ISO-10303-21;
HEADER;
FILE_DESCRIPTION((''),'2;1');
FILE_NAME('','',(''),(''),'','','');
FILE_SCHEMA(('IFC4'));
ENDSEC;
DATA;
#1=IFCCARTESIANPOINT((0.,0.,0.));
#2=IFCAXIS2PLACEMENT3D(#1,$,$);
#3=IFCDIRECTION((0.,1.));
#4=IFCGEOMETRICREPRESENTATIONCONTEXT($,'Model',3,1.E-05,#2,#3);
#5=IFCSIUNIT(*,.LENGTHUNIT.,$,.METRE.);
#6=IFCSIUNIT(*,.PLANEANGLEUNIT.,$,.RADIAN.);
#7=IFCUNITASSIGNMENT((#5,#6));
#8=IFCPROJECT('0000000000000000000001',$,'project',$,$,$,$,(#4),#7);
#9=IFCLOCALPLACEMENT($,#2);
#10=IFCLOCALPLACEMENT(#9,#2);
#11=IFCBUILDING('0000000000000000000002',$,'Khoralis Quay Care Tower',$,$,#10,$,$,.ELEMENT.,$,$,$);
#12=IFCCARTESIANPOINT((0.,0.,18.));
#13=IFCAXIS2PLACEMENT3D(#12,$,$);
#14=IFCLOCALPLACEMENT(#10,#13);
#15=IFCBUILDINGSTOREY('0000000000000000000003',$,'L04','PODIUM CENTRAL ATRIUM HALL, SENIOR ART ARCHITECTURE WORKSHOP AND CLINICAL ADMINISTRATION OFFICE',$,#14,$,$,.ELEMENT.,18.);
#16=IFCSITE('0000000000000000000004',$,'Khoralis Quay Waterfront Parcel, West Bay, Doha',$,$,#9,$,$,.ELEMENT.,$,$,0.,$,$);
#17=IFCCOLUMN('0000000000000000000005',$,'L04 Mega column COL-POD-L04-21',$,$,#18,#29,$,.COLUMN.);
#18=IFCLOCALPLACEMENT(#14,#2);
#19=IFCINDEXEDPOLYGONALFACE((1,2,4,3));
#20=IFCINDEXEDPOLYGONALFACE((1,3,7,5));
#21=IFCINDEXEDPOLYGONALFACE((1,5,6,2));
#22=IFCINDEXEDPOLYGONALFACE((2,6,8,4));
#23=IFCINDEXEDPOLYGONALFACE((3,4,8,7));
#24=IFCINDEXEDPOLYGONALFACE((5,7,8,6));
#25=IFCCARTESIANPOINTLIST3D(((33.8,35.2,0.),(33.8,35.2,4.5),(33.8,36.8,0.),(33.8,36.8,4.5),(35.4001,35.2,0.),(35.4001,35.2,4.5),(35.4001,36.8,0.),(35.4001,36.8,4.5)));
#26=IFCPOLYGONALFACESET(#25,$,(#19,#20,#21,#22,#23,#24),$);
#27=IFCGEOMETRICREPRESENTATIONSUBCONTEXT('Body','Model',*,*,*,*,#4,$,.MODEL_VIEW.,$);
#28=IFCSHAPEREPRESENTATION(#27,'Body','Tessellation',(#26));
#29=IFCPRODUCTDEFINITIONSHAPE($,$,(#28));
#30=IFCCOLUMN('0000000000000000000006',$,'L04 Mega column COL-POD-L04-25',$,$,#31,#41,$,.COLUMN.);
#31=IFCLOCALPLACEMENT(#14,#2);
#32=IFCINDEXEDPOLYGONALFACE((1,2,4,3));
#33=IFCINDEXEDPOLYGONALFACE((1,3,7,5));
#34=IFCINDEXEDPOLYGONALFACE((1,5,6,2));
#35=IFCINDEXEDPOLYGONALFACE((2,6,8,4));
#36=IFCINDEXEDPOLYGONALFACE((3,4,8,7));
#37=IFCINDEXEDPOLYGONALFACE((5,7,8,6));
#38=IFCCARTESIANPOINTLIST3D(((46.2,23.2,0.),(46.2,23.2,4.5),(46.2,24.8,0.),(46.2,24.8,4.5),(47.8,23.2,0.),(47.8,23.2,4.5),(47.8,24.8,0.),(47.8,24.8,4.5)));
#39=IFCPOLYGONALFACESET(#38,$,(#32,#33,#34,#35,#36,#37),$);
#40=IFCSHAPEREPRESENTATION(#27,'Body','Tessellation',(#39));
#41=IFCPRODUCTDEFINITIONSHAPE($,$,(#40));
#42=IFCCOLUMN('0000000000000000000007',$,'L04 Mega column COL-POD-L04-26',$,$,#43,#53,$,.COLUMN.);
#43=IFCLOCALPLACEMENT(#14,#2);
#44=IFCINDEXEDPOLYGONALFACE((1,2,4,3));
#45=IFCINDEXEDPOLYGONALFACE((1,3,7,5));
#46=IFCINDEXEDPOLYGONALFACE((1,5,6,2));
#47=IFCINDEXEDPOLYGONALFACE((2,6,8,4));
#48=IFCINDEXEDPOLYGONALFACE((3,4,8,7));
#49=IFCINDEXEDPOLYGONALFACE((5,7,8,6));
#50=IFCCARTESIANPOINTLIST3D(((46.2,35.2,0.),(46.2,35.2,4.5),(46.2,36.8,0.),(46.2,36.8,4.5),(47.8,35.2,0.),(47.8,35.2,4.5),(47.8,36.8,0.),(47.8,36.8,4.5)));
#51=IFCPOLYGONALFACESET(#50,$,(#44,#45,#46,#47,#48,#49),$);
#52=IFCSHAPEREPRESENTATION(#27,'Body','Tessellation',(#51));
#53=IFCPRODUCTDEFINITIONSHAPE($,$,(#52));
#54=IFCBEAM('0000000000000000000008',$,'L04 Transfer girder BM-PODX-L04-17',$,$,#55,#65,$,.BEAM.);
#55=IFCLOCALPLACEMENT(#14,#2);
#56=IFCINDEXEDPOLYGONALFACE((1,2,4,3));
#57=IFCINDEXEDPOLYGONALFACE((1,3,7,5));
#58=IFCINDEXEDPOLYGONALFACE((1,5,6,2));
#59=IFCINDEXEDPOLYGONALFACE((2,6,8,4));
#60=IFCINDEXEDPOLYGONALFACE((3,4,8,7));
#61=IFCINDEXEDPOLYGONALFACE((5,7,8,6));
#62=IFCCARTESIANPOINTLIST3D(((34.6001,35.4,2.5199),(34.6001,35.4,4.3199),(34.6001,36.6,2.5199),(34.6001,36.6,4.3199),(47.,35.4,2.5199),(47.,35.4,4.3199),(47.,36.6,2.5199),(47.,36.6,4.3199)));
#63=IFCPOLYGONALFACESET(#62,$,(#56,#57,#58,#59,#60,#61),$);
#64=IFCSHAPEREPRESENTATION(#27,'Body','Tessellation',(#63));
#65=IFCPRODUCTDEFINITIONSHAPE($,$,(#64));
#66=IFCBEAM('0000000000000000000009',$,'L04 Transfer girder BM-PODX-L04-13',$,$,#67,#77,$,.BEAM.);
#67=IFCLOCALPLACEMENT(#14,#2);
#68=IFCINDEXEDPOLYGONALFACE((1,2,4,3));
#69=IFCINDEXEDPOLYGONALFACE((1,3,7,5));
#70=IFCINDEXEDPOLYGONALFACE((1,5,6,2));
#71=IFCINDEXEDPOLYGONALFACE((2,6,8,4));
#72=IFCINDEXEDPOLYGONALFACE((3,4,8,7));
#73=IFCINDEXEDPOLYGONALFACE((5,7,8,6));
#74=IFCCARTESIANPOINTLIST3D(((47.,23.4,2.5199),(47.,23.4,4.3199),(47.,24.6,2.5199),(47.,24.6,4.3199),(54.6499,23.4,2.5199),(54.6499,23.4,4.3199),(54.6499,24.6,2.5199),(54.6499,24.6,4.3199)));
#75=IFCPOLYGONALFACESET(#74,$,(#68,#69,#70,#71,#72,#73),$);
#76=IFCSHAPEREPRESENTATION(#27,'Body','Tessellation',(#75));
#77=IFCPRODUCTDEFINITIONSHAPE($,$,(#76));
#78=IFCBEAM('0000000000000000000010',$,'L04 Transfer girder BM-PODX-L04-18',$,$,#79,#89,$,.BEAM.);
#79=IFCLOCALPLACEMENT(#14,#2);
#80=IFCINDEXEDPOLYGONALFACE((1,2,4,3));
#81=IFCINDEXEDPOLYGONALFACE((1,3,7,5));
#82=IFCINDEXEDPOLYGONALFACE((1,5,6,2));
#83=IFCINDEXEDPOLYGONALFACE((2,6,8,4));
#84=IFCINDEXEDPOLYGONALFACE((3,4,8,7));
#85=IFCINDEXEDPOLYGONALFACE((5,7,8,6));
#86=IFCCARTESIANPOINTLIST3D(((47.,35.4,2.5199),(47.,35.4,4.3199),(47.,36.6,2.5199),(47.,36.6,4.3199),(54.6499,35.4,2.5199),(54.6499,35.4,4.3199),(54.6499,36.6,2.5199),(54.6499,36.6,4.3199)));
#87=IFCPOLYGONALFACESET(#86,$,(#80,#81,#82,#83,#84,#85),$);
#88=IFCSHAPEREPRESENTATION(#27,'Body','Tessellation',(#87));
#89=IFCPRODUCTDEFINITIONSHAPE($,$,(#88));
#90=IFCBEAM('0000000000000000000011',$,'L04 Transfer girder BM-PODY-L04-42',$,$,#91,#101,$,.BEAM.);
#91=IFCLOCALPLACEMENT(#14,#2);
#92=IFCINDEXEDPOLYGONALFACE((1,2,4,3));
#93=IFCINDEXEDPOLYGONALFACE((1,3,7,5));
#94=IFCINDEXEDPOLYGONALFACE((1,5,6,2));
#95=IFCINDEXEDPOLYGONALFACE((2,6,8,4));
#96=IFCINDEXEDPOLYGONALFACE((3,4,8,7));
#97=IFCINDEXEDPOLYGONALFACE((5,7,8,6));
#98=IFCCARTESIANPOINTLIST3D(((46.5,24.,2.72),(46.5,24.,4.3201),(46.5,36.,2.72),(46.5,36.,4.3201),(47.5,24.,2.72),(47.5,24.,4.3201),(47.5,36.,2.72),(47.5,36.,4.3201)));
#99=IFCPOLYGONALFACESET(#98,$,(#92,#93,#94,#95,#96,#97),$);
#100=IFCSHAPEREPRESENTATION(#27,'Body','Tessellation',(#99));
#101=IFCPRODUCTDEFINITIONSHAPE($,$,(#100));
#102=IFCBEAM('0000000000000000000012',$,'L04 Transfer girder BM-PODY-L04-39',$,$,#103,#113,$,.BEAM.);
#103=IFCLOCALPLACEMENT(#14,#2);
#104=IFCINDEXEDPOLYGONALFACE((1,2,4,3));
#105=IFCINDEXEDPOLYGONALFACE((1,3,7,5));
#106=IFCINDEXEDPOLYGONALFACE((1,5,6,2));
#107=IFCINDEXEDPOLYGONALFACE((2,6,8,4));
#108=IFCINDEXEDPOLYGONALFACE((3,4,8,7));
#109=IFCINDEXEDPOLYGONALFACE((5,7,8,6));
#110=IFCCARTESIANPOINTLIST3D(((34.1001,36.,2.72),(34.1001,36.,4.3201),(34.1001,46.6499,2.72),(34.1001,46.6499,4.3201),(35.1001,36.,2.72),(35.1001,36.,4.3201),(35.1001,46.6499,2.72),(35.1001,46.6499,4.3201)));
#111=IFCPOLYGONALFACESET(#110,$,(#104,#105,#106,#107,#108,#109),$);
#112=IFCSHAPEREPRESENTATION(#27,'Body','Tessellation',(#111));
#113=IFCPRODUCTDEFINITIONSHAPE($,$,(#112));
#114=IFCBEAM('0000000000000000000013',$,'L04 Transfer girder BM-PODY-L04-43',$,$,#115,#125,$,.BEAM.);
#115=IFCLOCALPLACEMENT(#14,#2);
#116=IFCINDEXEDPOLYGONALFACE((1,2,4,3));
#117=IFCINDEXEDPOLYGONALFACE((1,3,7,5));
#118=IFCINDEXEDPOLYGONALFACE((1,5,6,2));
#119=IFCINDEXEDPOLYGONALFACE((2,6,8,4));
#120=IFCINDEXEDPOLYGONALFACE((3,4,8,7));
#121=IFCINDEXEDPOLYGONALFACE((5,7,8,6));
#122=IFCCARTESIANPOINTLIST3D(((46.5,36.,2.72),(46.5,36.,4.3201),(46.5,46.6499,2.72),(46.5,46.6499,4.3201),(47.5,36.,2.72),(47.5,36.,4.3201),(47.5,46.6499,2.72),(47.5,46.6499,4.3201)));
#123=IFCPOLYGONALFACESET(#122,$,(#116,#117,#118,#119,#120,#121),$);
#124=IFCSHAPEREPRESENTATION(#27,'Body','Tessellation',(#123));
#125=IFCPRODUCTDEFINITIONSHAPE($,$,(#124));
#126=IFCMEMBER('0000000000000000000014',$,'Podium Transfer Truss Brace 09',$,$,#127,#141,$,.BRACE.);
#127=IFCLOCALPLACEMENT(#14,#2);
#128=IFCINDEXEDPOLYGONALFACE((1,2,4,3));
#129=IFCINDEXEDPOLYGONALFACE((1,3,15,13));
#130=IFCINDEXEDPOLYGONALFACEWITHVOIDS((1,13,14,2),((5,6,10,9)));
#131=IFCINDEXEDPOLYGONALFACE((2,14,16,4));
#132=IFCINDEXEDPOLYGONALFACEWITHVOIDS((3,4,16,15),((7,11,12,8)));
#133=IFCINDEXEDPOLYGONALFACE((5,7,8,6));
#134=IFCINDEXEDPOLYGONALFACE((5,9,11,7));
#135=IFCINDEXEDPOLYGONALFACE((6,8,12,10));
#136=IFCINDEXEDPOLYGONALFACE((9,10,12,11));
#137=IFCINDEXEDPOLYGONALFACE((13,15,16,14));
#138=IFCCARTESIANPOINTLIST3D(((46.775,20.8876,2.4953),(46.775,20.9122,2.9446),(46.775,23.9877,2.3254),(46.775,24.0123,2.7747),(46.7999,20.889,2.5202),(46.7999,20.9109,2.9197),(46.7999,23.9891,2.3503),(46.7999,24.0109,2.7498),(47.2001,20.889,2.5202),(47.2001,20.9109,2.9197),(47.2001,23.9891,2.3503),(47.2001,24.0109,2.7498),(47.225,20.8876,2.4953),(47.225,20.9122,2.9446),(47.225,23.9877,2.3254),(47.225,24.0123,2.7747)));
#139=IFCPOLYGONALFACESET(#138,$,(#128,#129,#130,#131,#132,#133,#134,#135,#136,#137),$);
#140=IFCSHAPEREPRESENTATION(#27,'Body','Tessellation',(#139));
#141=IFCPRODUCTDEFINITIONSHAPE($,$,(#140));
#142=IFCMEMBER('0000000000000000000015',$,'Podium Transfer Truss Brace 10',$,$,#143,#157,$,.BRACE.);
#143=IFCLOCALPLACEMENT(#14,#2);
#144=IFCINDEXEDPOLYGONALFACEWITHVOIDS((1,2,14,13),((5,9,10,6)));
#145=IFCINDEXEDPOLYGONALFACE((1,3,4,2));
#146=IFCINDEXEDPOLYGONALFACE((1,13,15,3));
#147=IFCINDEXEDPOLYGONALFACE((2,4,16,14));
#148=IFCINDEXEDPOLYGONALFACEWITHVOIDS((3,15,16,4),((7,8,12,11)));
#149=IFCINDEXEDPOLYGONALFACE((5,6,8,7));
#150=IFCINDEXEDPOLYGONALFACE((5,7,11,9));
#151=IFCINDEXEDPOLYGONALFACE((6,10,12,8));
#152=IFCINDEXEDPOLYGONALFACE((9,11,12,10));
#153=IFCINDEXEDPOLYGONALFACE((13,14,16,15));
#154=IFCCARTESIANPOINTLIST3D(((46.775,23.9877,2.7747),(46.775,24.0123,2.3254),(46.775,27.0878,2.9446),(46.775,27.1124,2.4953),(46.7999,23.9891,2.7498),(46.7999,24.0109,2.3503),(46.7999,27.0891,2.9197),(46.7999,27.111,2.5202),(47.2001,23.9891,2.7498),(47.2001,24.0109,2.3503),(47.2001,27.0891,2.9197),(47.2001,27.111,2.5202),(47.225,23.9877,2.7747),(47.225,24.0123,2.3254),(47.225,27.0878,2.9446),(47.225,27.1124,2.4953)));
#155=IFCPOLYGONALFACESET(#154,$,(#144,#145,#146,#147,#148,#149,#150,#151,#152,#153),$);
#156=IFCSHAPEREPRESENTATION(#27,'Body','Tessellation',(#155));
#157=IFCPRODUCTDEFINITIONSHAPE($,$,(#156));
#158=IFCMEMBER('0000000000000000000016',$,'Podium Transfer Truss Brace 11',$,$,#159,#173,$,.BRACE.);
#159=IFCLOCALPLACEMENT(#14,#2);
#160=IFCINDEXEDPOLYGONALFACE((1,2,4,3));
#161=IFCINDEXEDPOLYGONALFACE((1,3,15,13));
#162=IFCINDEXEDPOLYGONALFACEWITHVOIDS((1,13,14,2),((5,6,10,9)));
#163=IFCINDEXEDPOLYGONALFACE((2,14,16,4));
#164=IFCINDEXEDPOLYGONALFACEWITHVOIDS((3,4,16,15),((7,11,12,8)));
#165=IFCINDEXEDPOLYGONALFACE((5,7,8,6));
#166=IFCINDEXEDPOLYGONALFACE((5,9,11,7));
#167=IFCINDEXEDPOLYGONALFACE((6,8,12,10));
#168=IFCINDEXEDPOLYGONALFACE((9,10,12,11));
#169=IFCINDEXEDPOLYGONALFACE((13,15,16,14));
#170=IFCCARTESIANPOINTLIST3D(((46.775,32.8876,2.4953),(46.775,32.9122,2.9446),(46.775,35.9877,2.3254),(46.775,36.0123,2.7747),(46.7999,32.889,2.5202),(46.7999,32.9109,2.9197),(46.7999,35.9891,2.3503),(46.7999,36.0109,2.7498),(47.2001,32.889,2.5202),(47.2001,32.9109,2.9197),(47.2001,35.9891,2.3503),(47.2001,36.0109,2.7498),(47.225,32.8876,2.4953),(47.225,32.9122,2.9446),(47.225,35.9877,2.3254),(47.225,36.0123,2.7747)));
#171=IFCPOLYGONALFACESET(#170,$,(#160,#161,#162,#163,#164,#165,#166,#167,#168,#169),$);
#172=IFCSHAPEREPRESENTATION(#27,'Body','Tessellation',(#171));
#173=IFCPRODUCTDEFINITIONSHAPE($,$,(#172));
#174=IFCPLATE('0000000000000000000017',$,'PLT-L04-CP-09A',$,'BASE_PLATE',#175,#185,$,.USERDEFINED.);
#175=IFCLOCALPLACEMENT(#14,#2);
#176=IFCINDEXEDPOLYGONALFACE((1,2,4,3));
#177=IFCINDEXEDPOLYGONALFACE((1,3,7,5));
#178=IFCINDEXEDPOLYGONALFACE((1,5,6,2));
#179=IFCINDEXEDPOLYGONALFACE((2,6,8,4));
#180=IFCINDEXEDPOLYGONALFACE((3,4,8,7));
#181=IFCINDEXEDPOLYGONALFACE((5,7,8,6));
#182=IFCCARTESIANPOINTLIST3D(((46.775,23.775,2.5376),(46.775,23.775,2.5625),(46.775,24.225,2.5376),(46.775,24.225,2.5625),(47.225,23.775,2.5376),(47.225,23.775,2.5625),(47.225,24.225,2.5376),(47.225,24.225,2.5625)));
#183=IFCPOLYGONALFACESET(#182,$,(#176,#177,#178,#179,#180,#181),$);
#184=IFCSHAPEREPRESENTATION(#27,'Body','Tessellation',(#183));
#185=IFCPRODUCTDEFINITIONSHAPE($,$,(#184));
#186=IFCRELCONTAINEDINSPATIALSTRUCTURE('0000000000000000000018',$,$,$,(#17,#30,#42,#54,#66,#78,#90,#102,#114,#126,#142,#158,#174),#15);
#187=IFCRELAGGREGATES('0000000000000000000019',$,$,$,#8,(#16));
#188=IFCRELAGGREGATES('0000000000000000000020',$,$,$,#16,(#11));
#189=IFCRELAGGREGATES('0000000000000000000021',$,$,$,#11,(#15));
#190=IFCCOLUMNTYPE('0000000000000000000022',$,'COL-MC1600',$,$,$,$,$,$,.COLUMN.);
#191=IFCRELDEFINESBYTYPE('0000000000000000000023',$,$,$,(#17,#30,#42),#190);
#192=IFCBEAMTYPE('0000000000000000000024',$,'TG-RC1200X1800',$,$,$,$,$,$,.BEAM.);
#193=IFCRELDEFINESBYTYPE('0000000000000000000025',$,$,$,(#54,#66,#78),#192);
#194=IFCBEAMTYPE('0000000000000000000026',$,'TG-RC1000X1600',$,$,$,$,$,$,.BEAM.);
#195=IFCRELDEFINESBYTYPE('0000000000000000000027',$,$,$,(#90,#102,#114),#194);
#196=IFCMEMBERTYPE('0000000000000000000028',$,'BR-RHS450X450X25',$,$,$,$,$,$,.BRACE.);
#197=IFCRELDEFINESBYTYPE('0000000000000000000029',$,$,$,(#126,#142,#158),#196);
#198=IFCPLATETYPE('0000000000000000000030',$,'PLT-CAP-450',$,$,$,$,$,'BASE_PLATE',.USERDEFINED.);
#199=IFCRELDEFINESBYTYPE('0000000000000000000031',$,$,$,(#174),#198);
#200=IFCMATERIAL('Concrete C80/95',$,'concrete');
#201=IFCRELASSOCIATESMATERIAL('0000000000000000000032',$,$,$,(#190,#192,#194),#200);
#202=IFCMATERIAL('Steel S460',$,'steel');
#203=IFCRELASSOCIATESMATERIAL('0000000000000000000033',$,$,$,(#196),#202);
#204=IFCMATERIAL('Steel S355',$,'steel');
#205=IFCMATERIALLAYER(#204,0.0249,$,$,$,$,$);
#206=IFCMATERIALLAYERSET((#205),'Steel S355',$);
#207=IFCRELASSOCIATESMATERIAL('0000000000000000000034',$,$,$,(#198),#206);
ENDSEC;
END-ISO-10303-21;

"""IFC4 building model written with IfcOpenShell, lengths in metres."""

from ifc_helpers import new_model, si_unit, direction, frame, origin, origin_2d, place, context, subcontext, project, spatial, rectangle, hollow_rectangle, extrude, source, transform, mapped, material, layer, layer_set, material_profile, profile_set, type_object, element, save


model = new_model("IFC4")

# Units and contexts
model_context = context("Model", 3, precision=1e-05, world=origin(), true_north=direction((0.0, 1.0)))
body_context = subcontext(model_context, "Body", "Model", "MODEL_VIEW")
ifc_project = project(units=[si_unit("LENGTHUNIT", "METRE"), si_unit("PLANEANGLEUNIT", "RADIAN")], contexts=[model_context])

# Site, building, storey
site_placement = place(None, origin())
site = spatial("IfcSite", under=ifc_project, at=site_placement, Name="Khoralis Quay Waterfront Parcel, West Bay, Doha", CompositionType="ELEMENT", RefElevation=0.0)
building_placement = place(site_placement, origin())
building = spatial("IfcBuilding", under=site, at=building_placement, Name="Khoralis Quay Care Tower", CompositionType="ELEMENT")
storey_placement = place(building_placement, frame((0.0, 0.0, 18.0)))
storey = spatial("IfcBuildingStorey", under=building, at=storey_placement, Name="L04", Description="PODIUM CENTRAL ATRIUM HALL, SENIOR ART ARCHITECTURE WORKSHOP AND CLINICAL ADMINISTRATION OFFICE", CompositionType="ELEMENT", Elevation=18.0)

# Columns
ifc_material_1 = material(Name="Concrete C80/95", Category="concrete")
ifc_material_profile_1 = material_profile(ifc_material_1, rectangle(XDim=1.6001, YDim=1.6001, at=origin_2d()), Name="Concrete C80/95")
ifc_profile_set_1 = profile_set([ifc_material_profile_1], Name="Concrete C80/95")
column_type = type_object("IfcColumnType", Name="COL-MC1600", PredefinedType="COLUMN", material=ifc_profile_set_1)
shared_shape_1 = source(origin(), body_context, "Body", "SweptSolid", [
    extrude(rectangle(XDim=1.6001, YDim=1.6001, at=origin_2d()), origin(), (0.0, 0.0, 1.0), 4.5),
])
for number, where, z_axis, x_axis, name in (
    (1, (34.6001, 36.0, 0.0), (0.0, 0.0, 1.0), (1.0, 0.0, 0.0), "L04 Mega column COL-POD-L04-21"),
    (2, (47.0, 24.0, 0.0), (0.0, 0.0, 1.0), (1.0, 0.0, 0.0), "L04 Mega column COL-POD-L04-25"),
    (3, (47.0, 36.0, 0.0), (0.0, 0.0, 1.0), (1.0, 0.0, 0.0), "L04 Mega column COL-POD-L04-26"),
):
    element("IfcColumn", number, at=place(storey_placement, frame(where, z_axis=z_axis, x_axis=x_axis)), inside=storey, type_object=column_type, Name=name, PredefinedType="COLUMN", context=body_context, shape_type="MappedRepresentation", body=[
        mapped(shared_shape_1, transform((0.0, 0.0, 0.0), scale=1.0)),
    ])

# Beams
ifc_material_profile_2 = material_profile(ifc_material_1, rectangle(XDim=1.2, YDim=1.8, at=origin_2d()), Name="Concrete C80/95")
ifc_profile_set_2 = profile_set([ifc_material_profile_2], Name="Concrete C80/95")
beam_type_1 = type_object("IfcBeamType", Name="TG-RC1200X1800", PredefinedType="BEAM", material=ifc_profile_set_2)
shared_shape_2 = source(origin(), body_context, "Body", "SweptSolid", [
    extrude(rectangle(XDim=1.2, YDim=1.8, at=origin_2d()), origin(), (0.0, 0.0, 1.0), 12.3999),
])
beam_1_placement = place(storey_placement, frame((34.6001, 36.0, 3.4199), z_axis=(1.0, 0.0, 0.0), x_axis=(0.0, 1.0, 0.0)))
element("IfcBeam", 4, at=beam_1_placement, inside=storey, type_object=beam_type_1, Name="L04 Transfer girder BM-PODX-L04-17", PredefinedType="BEAM", context=body_context, shape_type="MappedRepresentation", body=[
    mapped(shared_shape_2, transform((0.0, 0.0, 0.0), scale=1.0)),
])
shared_shape_3 = source(origin(), body_context, "Body", "SweptSolid", [
    extrude(rectangle(XDim=1.2, YDim=1.8, at=origin_2d()), origin(), (0.0, 0.0, 1.0), 7.6499),
])
for number, where, z_axis, x_axis, name in (
    (5, (47.0, 24.0, 3.4199), (1.0, 0.0, 0.0), (0.0, 1.0, 0.0), "L04 Transfer girder BM-PODX-L04-13"),
    (6, (47.0, 36.0, 3.4199), (1.0, 0.0, 0.0), (0.0, 1.0, 0.0), "L04 Transfer girder BM-PODX-L04-18"),
):
    element("IfcBeam", number, at=place(storey_placement, frame(where, z_axis=z_axis, x_axis=x_axis)), inside=storey, type_object=beam_type_1, Name=name, PredefinedType="BEAM", context=body_context, shape_type="MappedRepresentation", body=[
        mapped(shared_shape_3, transform((0.0, 0.0, 0.0), scale=1.0)),
    ])
ifc_material_profile_3 = material_profile(ifc_material_1, rectangle(XDim=1.0, YDim=1.6001, at=origin_2d()), Name="Concrete C80/95")
ifc_profile_set_3 = profile_set([ifc_material_profile_3], Name="Concrete C80/95")
beam_type_2 = type_object("IfcBeamType", Name="TG-RC1000X1600", PredefinedType="BEAM", material=ifc_profile_set_3)
shared_shape_4 = source(origin(), body_context, "Body", "SweptSolid", [
    extrude(rectangle(XDim=1.0, YDim=1.6001, at=origin_2d()), origin(), (0.0, 0.0, 1.0), 12.0),
])
beam_2_placement = place(storey_placement, frame((47.0, 24.0, 3.52), z_axis=(0.0, 1.0, 0.0), x_axis=(-1.0, 0.0, 0.0)))
element("IfcBeam", 7, at=beam_2_placement, inside=storey, type_object=beam_type_2, Name="L04 Transfer girder BM-PODY-L04-42", PredefinedType="BEAM", context=body_context, shape_type="MappedRepresentation", body=[
    mapped(shared_shape_4, transform((0.0, 0.0, 0.0), scale=1.0)),
])
shared_shape_5 = source(origin(), body_context, "Body", "SweptSolid", [
    extrude(rectangle(XDim=1.0, YDim=1.6001, at=origin_2d()), origin(), (0.0, 0.0, 1.0), 10.6499),
])
for number, where, z_axis, x_axis, name in (
    (8, (34.6001, 36.0, 3.52), (0.0, 1.0, 0.0), (-1.0, 0.0, 0.0), "L04 Transfer girder BM-PODY-L04-39"),
    (9, (47.0, 36.0, 3.52), (0.0, 1.0, 0.0), (-1.0, 0.0, 0.0), "L04 Transfer girder BM-PODY-L04-43"),
):
    element("IfcBeam", number, at=place(storey_placement, frame(where, z_axis=z_axis, x_axis=x_axis)), inside=storey, type_object=beam_type_2, Name=name, PredefinedType="BEAM", context=body_context, shape_type="MappedRepresentation", body=[
        mapped(shared_shape_5, transform((0.0, 0.0, 0.0), scale=1.0)),
    ])

# Members
ifc_material_2 = material(Name="Steel S460", Category="steel")
ifc_material_profile_4 = material_profile(ifc_material_2, hollow_rectangle(XDim=0.45, YDim=0.45, WallThickness=0.0249, at=origin_2d()), Name="Steel S460")
ifc_profile_set_4 = profile_set([ifc_material_profile_4], Name="Steel S460")
member_type = type_object("IfcMemberType", Name="BR-RHS450X450X25", PredefinedType="BRACE", material=ifc_profile_set_4)
shared_shape_6 = source(origin(), body_context, "Body", "SweptSolid", [
    extrude(hollow_rectangle(XDim=0.45, YDim=0.45, WallThickness=0.0249, at=origin_2d()), origin(), (0.0, 0.0, 1.0), 3.1047),
])
for number, where, z_axis, x_axis, name in (
    (10, (47.0, 24.0, 2.55), (0.0, -0.998501, 0.05473), (1.0, 0.0, 0.0), "Podium Transfer Truss Brace 09"),
    (11, (47.0, 24.0, 2.55), (0.0, 0.998501, 0.05473), (-1.0, 0.0, 0.0), "Podium Transfer Truss Brace 10"),
    (12, (47.0, 36.0, 2.55), (0.0, -0.998501, 0.05473), (1.0, 0.0, 0.0), "Podium Transfer Truss Brace 11"),
):
    element("IfcMember", number, at=place(storey_placement, frame(where, z_axis=z_axis, x_axis=x_axis)), inside=storey, type_object=member_type, Name=name, PredefinedType="BRACE", context=body_context, shape_type="MappedRepresentation", body=[
        mapped(shared_shape_6, transform((0.0, 0.0, 0.0), scale=1.0)),
    ])

# Plate
ifc_material_3 = material(Name="Steel S355", Category="steel")
ifc_layer_1 = layer(ifc_material_3, 0.0249)
ifc_layer_set_1 = layer_set([ifc_layer_1], Name="Steel S355")
plate_type_1 = type_object("IfcPlateType", Name="PLT-CAP-450", ElementType="BASE_PLATE", PredefinedType="USERDEFINED", material=ifc_layer_set_1)
shared_shape_7 = source(origin(), body_context, "Body", "SweptSolid", [
    extrude(rectangle(XDim=0.45, YDim=0.45, at=origin_2d()), origin(), (0.0, 0.0, 1.0), 0.0249),
])
plate_placement = place(storey_placement, frame((47.0, 24.0, 2.5376), z_axis=(0.0, 0.0, 1.0), x_axis=(1.0, 0.0, 0.0)))
element("IfcPlate", 13, at=plate_placement, inside=storey, type_object=plate_type_1, Name="PLT-L04-CP-09A", ObjectType="BASE_PLATE", PredefinedType="USERDEFINED", context=body_context, shape_type="MappedRepresentation", body=[
    mapped(shared_shape_7, transform((0.0, 0.0, 0.0), scale=1.0)),
])

save(model, "model.ifc")
